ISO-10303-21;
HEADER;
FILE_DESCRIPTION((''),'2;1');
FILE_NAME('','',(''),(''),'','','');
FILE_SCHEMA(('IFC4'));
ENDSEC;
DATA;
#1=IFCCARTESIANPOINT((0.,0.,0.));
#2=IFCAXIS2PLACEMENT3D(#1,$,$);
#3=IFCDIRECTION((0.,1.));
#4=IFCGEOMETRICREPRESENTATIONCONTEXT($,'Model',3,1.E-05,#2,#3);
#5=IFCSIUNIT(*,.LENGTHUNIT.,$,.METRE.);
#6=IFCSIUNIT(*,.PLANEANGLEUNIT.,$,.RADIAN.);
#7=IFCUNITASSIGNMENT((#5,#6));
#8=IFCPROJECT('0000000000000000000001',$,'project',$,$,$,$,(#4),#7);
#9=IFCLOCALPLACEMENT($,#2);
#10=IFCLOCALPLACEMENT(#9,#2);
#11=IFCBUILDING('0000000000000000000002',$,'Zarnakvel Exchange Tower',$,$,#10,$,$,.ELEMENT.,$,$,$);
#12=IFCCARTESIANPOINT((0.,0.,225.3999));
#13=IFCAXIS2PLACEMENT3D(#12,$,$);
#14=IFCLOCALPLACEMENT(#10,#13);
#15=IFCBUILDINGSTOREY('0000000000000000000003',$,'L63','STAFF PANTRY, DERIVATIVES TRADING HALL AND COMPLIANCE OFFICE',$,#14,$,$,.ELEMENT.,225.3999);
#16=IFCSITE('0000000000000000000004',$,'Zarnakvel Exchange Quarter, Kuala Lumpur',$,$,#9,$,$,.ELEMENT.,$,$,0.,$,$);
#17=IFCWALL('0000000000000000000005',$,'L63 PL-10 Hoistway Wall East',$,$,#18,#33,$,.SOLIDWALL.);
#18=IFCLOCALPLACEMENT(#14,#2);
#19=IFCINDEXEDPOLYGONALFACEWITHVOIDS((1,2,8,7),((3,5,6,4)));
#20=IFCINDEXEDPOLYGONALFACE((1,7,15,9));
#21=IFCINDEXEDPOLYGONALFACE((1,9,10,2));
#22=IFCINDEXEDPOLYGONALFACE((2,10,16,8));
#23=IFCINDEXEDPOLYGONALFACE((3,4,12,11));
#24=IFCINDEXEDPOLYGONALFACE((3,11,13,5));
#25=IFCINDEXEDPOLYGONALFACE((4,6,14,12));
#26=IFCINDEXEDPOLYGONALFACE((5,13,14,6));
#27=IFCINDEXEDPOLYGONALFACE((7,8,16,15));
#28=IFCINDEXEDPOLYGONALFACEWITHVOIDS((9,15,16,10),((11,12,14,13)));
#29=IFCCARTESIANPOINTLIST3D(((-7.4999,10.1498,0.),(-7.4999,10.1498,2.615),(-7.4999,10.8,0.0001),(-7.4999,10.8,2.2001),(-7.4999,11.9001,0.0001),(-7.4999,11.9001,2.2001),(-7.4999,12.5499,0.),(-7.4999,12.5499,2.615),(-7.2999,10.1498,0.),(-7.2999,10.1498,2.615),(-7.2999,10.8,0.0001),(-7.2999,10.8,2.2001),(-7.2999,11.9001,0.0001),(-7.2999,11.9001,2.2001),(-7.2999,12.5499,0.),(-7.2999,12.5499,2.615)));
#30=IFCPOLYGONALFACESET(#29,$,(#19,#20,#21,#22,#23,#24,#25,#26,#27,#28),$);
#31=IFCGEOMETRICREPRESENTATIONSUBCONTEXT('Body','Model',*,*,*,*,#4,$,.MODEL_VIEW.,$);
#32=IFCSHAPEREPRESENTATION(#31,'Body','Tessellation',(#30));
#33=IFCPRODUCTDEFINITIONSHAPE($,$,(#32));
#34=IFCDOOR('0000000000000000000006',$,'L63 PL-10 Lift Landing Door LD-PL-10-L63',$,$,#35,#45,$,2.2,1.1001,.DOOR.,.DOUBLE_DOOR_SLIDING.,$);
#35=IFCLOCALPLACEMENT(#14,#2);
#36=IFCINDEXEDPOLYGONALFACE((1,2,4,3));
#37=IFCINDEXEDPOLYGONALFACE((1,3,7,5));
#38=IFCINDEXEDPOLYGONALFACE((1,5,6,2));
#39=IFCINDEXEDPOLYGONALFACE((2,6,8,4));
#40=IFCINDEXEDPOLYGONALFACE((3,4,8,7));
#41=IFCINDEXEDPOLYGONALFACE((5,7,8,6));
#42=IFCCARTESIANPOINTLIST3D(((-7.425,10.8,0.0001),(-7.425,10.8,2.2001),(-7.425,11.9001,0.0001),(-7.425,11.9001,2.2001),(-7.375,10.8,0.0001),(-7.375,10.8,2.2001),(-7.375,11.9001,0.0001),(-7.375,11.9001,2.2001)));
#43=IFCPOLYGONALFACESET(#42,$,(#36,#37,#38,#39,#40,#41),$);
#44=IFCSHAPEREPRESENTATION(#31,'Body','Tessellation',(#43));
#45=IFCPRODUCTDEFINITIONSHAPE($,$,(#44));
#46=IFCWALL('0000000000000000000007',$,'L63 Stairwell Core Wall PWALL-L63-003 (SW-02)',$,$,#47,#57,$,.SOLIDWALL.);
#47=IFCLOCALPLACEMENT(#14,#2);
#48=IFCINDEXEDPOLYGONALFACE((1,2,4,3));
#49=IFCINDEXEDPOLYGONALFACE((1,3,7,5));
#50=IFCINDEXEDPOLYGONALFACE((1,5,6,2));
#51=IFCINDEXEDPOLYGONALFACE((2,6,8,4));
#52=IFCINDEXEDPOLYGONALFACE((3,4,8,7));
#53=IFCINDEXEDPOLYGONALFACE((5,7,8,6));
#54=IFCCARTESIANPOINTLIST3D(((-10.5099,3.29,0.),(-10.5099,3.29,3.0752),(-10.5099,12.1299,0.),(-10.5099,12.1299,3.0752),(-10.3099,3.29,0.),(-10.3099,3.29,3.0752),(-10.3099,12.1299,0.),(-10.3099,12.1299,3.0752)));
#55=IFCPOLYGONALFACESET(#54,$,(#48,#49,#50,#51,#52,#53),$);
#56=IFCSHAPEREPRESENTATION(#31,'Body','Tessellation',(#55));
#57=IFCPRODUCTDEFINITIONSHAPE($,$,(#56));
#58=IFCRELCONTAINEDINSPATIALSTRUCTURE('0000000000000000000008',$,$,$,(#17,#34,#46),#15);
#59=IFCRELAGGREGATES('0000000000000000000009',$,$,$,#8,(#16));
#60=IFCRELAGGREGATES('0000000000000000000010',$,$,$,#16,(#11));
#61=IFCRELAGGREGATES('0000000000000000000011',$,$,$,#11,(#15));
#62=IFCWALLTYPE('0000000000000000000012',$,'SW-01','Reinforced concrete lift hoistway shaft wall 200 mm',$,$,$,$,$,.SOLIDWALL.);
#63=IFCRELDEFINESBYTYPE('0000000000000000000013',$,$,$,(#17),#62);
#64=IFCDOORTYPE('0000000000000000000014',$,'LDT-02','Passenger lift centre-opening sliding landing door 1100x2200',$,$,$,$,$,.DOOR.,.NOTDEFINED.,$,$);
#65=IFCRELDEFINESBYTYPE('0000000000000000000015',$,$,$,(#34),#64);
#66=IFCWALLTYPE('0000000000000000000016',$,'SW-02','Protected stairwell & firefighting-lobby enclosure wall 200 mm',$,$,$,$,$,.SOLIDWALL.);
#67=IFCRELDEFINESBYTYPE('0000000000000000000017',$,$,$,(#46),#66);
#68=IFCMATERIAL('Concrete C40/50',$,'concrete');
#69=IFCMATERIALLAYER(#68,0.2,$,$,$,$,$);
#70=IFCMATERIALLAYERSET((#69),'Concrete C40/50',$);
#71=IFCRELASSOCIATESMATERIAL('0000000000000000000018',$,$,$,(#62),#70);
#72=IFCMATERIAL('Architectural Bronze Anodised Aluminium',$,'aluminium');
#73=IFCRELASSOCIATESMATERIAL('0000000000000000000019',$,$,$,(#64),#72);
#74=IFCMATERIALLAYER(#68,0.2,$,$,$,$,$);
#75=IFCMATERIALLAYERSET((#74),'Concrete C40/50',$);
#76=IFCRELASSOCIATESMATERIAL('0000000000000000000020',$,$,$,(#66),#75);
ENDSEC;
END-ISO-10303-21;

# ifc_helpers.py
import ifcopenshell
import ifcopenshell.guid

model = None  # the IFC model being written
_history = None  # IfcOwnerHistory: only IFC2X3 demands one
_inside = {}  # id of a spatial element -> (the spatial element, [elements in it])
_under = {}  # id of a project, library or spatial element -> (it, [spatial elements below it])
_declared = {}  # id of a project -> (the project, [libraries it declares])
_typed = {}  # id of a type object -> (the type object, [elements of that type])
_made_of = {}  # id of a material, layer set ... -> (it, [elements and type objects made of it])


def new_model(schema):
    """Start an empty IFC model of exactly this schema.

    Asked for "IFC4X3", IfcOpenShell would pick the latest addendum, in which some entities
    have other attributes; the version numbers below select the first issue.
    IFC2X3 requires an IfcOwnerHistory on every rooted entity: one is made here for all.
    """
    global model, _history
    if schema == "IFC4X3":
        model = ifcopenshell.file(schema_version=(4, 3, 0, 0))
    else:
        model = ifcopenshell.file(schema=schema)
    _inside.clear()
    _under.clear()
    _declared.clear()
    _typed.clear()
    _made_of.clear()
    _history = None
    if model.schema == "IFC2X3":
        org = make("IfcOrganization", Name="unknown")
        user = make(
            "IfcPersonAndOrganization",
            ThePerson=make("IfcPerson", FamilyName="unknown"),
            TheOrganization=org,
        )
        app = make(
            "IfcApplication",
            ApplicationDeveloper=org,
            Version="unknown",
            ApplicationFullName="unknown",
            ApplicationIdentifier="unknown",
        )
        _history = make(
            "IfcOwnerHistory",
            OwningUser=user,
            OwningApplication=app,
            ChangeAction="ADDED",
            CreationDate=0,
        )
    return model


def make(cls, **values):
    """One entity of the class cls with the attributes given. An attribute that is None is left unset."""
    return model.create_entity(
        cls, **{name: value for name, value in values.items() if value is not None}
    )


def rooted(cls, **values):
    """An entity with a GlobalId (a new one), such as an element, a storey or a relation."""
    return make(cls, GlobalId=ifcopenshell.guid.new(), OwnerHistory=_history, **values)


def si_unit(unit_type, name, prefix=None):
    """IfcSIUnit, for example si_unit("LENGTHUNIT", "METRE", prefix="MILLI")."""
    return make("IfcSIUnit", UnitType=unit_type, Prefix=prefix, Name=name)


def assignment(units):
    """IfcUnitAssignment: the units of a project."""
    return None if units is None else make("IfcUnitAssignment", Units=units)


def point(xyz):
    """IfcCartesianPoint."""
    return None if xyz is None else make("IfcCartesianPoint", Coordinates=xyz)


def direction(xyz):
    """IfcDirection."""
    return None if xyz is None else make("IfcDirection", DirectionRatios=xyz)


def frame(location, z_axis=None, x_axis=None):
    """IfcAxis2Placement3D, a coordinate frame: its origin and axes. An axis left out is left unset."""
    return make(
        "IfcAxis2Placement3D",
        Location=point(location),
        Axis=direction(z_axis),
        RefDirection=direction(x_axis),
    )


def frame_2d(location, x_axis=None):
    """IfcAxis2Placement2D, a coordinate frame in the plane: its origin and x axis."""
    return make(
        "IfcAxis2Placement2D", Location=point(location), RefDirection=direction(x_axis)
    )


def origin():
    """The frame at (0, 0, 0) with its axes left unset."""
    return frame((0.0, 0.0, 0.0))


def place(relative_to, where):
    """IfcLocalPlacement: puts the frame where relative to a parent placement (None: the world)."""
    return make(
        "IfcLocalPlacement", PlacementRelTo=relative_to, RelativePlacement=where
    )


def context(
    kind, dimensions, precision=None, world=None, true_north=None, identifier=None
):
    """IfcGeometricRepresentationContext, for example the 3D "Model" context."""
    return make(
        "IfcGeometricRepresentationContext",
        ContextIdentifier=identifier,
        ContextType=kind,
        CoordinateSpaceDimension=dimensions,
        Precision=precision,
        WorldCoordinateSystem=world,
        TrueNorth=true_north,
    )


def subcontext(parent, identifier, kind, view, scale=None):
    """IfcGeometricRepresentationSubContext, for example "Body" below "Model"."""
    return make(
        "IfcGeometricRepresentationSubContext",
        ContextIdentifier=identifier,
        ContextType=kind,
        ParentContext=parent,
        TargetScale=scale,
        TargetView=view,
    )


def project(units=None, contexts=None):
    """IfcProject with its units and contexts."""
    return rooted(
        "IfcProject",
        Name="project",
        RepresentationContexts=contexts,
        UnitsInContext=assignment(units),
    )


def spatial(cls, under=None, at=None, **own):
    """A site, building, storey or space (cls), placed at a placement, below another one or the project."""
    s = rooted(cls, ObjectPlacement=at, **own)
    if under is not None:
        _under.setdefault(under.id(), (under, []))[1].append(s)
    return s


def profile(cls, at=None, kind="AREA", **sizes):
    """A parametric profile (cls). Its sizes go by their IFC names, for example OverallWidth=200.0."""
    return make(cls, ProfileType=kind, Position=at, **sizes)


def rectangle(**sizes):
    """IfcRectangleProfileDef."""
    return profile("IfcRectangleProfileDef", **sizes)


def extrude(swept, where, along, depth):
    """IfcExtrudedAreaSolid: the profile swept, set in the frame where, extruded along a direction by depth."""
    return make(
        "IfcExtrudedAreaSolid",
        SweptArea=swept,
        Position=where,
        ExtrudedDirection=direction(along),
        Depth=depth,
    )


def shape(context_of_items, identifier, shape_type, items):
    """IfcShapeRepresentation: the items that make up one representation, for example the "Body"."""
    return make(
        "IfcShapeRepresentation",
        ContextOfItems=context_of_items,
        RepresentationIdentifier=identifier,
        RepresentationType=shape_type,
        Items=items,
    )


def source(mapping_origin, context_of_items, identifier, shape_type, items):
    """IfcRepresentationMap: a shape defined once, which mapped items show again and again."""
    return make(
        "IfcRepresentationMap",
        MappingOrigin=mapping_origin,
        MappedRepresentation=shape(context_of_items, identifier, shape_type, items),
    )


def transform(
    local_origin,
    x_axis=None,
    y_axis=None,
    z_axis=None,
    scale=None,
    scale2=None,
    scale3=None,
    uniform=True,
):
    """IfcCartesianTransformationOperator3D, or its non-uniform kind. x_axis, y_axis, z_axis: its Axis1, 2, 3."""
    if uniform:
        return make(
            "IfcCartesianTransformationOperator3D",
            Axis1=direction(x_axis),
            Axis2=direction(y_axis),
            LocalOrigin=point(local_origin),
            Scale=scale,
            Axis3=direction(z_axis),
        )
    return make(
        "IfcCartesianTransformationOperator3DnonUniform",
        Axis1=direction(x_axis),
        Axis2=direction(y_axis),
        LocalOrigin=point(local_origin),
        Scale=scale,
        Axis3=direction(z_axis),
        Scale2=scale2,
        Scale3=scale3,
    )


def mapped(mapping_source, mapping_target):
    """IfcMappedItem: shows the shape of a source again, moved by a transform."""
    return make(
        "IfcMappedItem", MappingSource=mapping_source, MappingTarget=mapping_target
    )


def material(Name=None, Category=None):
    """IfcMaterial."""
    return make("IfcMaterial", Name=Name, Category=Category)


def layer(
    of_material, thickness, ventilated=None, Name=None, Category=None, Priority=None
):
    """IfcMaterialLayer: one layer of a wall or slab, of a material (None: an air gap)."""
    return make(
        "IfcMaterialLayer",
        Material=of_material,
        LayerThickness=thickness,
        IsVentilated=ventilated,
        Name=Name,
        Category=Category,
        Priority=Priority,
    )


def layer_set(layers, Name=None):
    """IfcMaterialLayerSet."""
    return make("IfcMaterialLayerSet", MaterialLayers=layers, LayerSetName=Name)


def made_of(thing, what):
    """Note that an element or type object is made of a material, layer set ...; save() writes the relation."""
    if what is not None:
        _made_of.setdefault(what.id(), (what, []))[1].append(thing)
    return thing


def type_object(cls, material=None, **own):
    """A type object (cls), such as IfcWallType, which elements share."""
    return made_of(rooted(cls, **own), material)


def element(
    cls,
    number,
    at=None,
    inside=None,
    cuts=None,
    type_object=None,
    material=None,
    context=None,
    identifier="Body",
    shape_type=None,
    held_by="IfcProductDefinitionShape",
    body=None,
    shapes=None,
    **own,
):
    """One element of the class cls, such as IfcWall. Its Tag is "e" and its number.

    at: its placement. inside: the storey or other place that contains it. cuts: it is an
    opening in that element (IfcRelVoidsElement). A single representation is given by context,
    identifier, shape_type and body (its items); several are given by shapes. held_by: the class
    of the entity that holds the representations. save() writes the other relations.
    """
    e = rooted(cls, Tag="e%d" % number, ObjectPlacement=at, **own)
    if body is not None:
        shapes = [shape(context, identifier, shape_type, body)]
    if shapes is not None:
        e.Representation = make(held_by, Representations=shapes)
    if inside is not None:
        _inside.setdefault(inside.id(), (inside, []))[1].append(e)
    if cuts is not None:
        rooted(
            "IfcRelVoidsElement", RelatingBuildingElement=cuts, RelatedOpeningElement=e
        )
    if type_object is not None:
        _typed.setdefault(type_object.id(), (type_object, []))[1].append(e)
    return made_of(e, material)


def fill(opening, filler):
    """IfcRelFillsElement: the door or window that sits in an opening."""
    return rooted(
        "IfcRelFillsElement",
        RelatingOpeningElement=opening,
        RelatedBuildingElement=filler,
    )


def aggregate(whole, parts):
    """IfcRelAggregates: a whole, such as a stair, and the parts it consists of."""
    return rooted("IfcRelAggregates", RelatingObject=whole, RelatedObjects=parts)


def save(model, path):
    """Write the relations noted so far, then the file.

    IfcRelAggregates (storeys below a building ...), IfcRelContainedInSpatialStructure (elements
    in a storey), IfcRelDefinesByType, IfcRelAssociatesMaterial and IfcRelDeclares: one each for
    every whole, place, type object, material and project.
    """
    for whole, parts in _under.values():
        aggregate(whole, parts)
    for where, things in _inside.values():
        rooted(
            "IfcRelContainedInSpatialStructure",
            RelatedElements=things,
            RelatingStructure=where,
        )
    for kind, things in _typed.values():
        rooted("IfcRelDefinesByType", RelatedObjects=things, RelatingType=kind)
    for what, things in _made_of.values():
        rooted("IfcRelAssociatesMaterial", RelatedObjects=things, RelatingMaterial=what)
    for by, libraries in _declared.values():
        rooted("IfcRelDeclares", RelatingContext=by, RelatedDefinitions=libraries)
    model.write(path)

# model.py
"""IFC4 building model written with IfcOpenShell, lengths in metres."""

from ifc_helpers import new_model, si_unit, direction, frame, frame_2d, origin, place, context, subcontext, project, spatial, rectangle, extrude, source, transform, mapped, material, layer, layer_set, type_object, element, fill, save


model = new_model("IFC4")

# Units and contexts
model_context = context("Model", 3, precision=1e-05, world=origin(), true_north=direction((0.0, 1.0)))
body_context = subcontext(model_context, "Body", "Model", "MODEL_VIEW")
ifc_project = project(units=[si_unit("LENGTHUNIT", "METRE"), si_unit("PLANEANGLEUNIT", "RADIAN")], contexts=[model_context])

# Site, building, storey
site_placement = place(None, origin())
site = spatial("IfcSite", under=ifc_project, at=site_placement, Name="Zarnakvel Exchange Quarter, Kuala Lumpur", CompositionType="ELEMENT", RefElevation=0.0)
building_placement = place(site_placement, origin())
building = spatial("IfcBuilding", under=site, at=building_placement, Name="Zarnakvel Exchange Tower", CompositionType="ELEMENT")
storey_placement = place(building_placement, frame((0.0, 0.0, 225.3999)))
storey = spatial("IfcBuildingStorey", under=building, at=storey_placement, Name="L63", Description="STAFF PANTRY, DERIVATIVES TRADING HALL AND COMPLIANCE OFFICE", CompositionType="ELEMENT", Elevation=225.3999)

# Shared definitions
ifc_material_1 = material(Name="Architectural Bronze Anodised Aluminium", Category="aluminium")

# Shared definitions
ifc_material_2 = material(Name="Concrete C40/50", Category="concrete")
ifc_layer_1 = layer(ifc_material_2, 0.2)
ifc_layer_set_1 = layer_set([ifc_layer_1], Name="Concrete C40/50")
wall_type_1 = type_object("IfcWallType", Name="SW-01", Description="Reinforced concrete lift hoistway shaft wall 200 mm", PredefinedType="SOLIDWALL", material=ifc_layer_set_1)
door_type_1 = type_object("IfcDoorType", Name="LDT-02", Description="Passenger lift centre-opening sliding landing door 1100x2200", OperationType="NOTDEFINED", PredefinedType="DOOR", material=ifc_material_1)
shared_shape_1 = source(origin(), body_context, "Body", "SweptSolid", [
    extrude(rectangle(XDim=1.1001, YDim=2.2, at=frame_2d((0.55, 1.1001))), frame((0.0, 0.0249, 0.0), z_axis=(0.0, -1.0, 0.0), x_axis=(1.0, 0.0, 0.0)), (0.0, 0.0, 1.0), 0.05),
])

# Wall, opening, door
wall_1_placement = place(storey_placement, frame((-7.3999, 12.55, 0.0), z_axis=(0.0, 0.0, 1.0), x_axis=(0.0, -1.0, 0.0)))
wall_1 = element("IfcWall", 1, at=wall_1_placement, inside=storey, type_object=wall_type_1, Name="L63 PL-10 Hoistway Wall East", PredefinedType="SOLIDWALL", context=body_context, shape_type="SweptSolid", body=[
    extrude(rectangle(XDim=2.4001, YDim=0.2, at=frame_2d((1.2002, 0.0))), origin(), (0.0, 0.0, 1.0), 2.615),
])
opening_1_placement = place(wall_1_placement, frame((0.6499, 0.0, 0.0)))
opening_1 = element("IfcOpeningElement", 2, at=opening_1_placement, cuts=wall_1, PredefinedType="OPENING", context=body_context, shape_type="SweptSolid", body=[
    extrude(rectangle(XDim=1.1001, YDim=2.2, at=frame_2d((0.55, 1.1001))), frame((0.0, 0.1099, 0.0), z_axis=(0.0, -1.0, 0.0), x_axis=(1.0, 0.0, 0.0)), (0.0, 0.0, 1.0), 0.22),
])
door_1_placement = place(opening_1_placement, origin())
door_1 = element("IfcDoor", 3, at=door_1_placement, inside=storey, type_object=door_type_1, Name="L63 PL-10 Lift Landing Door LD-PL-10-L63", OperationType="DOUBLE_DOOR_SLIDING", OverallHeight=2.2, OverallWidth=1.1001, PredefinedType="DOOR", context=body_context, shape_type="MappedRepresentation", body=[
    mapped(shared_shape_1, transform((0.0, 0.0, 0.0), x_axis=(1.0, 0.0, 0.0), y_axis=(0.0, 1.0, 0.0), z_axis=(0.0, 0.0, 1.0), scale=1.0)),
])
fill(opening_1, door_1)

# Wall
ifc_layer_2 = layer(ifc_material_2, 0.2)
ifc_layer_set_2 = layer_set([ifc_layer_2], Name="Concrete C40/50")
wall_type_2 = type_object("IfcWallType", Name="SW-02", Description="Protected stairwell & firefighting-lobby enclosure wall 200 mm", PredefinedType="SOLIDWALL", material=ifc_layer_set_2)
wall_2_placement = place(storey_placement, frame((-10.4099, 12.1299, 0.0), z_axis=(0.0, 0.0, 1.0), x_axis=(0.0, -1.0, 0.0)))
element("IfcWall", 4, at=wall_2_placement, inside=storey, type_object=wall_type_2, Name="L63 Stairwell Core Wall PWALL-L63-003 (SW-02)", PredefinedType="SOLIDWALL", context=body_context, shape_type="SweptSolid", body=[
    extrude(rectangle(XDim=8.8398, YDim=0.2, at=frame_2d((4.4199, 0.0))), origin(), (0.0, 0.0, 1.0), 3.0752),
])

save(model, "model.ifc")
